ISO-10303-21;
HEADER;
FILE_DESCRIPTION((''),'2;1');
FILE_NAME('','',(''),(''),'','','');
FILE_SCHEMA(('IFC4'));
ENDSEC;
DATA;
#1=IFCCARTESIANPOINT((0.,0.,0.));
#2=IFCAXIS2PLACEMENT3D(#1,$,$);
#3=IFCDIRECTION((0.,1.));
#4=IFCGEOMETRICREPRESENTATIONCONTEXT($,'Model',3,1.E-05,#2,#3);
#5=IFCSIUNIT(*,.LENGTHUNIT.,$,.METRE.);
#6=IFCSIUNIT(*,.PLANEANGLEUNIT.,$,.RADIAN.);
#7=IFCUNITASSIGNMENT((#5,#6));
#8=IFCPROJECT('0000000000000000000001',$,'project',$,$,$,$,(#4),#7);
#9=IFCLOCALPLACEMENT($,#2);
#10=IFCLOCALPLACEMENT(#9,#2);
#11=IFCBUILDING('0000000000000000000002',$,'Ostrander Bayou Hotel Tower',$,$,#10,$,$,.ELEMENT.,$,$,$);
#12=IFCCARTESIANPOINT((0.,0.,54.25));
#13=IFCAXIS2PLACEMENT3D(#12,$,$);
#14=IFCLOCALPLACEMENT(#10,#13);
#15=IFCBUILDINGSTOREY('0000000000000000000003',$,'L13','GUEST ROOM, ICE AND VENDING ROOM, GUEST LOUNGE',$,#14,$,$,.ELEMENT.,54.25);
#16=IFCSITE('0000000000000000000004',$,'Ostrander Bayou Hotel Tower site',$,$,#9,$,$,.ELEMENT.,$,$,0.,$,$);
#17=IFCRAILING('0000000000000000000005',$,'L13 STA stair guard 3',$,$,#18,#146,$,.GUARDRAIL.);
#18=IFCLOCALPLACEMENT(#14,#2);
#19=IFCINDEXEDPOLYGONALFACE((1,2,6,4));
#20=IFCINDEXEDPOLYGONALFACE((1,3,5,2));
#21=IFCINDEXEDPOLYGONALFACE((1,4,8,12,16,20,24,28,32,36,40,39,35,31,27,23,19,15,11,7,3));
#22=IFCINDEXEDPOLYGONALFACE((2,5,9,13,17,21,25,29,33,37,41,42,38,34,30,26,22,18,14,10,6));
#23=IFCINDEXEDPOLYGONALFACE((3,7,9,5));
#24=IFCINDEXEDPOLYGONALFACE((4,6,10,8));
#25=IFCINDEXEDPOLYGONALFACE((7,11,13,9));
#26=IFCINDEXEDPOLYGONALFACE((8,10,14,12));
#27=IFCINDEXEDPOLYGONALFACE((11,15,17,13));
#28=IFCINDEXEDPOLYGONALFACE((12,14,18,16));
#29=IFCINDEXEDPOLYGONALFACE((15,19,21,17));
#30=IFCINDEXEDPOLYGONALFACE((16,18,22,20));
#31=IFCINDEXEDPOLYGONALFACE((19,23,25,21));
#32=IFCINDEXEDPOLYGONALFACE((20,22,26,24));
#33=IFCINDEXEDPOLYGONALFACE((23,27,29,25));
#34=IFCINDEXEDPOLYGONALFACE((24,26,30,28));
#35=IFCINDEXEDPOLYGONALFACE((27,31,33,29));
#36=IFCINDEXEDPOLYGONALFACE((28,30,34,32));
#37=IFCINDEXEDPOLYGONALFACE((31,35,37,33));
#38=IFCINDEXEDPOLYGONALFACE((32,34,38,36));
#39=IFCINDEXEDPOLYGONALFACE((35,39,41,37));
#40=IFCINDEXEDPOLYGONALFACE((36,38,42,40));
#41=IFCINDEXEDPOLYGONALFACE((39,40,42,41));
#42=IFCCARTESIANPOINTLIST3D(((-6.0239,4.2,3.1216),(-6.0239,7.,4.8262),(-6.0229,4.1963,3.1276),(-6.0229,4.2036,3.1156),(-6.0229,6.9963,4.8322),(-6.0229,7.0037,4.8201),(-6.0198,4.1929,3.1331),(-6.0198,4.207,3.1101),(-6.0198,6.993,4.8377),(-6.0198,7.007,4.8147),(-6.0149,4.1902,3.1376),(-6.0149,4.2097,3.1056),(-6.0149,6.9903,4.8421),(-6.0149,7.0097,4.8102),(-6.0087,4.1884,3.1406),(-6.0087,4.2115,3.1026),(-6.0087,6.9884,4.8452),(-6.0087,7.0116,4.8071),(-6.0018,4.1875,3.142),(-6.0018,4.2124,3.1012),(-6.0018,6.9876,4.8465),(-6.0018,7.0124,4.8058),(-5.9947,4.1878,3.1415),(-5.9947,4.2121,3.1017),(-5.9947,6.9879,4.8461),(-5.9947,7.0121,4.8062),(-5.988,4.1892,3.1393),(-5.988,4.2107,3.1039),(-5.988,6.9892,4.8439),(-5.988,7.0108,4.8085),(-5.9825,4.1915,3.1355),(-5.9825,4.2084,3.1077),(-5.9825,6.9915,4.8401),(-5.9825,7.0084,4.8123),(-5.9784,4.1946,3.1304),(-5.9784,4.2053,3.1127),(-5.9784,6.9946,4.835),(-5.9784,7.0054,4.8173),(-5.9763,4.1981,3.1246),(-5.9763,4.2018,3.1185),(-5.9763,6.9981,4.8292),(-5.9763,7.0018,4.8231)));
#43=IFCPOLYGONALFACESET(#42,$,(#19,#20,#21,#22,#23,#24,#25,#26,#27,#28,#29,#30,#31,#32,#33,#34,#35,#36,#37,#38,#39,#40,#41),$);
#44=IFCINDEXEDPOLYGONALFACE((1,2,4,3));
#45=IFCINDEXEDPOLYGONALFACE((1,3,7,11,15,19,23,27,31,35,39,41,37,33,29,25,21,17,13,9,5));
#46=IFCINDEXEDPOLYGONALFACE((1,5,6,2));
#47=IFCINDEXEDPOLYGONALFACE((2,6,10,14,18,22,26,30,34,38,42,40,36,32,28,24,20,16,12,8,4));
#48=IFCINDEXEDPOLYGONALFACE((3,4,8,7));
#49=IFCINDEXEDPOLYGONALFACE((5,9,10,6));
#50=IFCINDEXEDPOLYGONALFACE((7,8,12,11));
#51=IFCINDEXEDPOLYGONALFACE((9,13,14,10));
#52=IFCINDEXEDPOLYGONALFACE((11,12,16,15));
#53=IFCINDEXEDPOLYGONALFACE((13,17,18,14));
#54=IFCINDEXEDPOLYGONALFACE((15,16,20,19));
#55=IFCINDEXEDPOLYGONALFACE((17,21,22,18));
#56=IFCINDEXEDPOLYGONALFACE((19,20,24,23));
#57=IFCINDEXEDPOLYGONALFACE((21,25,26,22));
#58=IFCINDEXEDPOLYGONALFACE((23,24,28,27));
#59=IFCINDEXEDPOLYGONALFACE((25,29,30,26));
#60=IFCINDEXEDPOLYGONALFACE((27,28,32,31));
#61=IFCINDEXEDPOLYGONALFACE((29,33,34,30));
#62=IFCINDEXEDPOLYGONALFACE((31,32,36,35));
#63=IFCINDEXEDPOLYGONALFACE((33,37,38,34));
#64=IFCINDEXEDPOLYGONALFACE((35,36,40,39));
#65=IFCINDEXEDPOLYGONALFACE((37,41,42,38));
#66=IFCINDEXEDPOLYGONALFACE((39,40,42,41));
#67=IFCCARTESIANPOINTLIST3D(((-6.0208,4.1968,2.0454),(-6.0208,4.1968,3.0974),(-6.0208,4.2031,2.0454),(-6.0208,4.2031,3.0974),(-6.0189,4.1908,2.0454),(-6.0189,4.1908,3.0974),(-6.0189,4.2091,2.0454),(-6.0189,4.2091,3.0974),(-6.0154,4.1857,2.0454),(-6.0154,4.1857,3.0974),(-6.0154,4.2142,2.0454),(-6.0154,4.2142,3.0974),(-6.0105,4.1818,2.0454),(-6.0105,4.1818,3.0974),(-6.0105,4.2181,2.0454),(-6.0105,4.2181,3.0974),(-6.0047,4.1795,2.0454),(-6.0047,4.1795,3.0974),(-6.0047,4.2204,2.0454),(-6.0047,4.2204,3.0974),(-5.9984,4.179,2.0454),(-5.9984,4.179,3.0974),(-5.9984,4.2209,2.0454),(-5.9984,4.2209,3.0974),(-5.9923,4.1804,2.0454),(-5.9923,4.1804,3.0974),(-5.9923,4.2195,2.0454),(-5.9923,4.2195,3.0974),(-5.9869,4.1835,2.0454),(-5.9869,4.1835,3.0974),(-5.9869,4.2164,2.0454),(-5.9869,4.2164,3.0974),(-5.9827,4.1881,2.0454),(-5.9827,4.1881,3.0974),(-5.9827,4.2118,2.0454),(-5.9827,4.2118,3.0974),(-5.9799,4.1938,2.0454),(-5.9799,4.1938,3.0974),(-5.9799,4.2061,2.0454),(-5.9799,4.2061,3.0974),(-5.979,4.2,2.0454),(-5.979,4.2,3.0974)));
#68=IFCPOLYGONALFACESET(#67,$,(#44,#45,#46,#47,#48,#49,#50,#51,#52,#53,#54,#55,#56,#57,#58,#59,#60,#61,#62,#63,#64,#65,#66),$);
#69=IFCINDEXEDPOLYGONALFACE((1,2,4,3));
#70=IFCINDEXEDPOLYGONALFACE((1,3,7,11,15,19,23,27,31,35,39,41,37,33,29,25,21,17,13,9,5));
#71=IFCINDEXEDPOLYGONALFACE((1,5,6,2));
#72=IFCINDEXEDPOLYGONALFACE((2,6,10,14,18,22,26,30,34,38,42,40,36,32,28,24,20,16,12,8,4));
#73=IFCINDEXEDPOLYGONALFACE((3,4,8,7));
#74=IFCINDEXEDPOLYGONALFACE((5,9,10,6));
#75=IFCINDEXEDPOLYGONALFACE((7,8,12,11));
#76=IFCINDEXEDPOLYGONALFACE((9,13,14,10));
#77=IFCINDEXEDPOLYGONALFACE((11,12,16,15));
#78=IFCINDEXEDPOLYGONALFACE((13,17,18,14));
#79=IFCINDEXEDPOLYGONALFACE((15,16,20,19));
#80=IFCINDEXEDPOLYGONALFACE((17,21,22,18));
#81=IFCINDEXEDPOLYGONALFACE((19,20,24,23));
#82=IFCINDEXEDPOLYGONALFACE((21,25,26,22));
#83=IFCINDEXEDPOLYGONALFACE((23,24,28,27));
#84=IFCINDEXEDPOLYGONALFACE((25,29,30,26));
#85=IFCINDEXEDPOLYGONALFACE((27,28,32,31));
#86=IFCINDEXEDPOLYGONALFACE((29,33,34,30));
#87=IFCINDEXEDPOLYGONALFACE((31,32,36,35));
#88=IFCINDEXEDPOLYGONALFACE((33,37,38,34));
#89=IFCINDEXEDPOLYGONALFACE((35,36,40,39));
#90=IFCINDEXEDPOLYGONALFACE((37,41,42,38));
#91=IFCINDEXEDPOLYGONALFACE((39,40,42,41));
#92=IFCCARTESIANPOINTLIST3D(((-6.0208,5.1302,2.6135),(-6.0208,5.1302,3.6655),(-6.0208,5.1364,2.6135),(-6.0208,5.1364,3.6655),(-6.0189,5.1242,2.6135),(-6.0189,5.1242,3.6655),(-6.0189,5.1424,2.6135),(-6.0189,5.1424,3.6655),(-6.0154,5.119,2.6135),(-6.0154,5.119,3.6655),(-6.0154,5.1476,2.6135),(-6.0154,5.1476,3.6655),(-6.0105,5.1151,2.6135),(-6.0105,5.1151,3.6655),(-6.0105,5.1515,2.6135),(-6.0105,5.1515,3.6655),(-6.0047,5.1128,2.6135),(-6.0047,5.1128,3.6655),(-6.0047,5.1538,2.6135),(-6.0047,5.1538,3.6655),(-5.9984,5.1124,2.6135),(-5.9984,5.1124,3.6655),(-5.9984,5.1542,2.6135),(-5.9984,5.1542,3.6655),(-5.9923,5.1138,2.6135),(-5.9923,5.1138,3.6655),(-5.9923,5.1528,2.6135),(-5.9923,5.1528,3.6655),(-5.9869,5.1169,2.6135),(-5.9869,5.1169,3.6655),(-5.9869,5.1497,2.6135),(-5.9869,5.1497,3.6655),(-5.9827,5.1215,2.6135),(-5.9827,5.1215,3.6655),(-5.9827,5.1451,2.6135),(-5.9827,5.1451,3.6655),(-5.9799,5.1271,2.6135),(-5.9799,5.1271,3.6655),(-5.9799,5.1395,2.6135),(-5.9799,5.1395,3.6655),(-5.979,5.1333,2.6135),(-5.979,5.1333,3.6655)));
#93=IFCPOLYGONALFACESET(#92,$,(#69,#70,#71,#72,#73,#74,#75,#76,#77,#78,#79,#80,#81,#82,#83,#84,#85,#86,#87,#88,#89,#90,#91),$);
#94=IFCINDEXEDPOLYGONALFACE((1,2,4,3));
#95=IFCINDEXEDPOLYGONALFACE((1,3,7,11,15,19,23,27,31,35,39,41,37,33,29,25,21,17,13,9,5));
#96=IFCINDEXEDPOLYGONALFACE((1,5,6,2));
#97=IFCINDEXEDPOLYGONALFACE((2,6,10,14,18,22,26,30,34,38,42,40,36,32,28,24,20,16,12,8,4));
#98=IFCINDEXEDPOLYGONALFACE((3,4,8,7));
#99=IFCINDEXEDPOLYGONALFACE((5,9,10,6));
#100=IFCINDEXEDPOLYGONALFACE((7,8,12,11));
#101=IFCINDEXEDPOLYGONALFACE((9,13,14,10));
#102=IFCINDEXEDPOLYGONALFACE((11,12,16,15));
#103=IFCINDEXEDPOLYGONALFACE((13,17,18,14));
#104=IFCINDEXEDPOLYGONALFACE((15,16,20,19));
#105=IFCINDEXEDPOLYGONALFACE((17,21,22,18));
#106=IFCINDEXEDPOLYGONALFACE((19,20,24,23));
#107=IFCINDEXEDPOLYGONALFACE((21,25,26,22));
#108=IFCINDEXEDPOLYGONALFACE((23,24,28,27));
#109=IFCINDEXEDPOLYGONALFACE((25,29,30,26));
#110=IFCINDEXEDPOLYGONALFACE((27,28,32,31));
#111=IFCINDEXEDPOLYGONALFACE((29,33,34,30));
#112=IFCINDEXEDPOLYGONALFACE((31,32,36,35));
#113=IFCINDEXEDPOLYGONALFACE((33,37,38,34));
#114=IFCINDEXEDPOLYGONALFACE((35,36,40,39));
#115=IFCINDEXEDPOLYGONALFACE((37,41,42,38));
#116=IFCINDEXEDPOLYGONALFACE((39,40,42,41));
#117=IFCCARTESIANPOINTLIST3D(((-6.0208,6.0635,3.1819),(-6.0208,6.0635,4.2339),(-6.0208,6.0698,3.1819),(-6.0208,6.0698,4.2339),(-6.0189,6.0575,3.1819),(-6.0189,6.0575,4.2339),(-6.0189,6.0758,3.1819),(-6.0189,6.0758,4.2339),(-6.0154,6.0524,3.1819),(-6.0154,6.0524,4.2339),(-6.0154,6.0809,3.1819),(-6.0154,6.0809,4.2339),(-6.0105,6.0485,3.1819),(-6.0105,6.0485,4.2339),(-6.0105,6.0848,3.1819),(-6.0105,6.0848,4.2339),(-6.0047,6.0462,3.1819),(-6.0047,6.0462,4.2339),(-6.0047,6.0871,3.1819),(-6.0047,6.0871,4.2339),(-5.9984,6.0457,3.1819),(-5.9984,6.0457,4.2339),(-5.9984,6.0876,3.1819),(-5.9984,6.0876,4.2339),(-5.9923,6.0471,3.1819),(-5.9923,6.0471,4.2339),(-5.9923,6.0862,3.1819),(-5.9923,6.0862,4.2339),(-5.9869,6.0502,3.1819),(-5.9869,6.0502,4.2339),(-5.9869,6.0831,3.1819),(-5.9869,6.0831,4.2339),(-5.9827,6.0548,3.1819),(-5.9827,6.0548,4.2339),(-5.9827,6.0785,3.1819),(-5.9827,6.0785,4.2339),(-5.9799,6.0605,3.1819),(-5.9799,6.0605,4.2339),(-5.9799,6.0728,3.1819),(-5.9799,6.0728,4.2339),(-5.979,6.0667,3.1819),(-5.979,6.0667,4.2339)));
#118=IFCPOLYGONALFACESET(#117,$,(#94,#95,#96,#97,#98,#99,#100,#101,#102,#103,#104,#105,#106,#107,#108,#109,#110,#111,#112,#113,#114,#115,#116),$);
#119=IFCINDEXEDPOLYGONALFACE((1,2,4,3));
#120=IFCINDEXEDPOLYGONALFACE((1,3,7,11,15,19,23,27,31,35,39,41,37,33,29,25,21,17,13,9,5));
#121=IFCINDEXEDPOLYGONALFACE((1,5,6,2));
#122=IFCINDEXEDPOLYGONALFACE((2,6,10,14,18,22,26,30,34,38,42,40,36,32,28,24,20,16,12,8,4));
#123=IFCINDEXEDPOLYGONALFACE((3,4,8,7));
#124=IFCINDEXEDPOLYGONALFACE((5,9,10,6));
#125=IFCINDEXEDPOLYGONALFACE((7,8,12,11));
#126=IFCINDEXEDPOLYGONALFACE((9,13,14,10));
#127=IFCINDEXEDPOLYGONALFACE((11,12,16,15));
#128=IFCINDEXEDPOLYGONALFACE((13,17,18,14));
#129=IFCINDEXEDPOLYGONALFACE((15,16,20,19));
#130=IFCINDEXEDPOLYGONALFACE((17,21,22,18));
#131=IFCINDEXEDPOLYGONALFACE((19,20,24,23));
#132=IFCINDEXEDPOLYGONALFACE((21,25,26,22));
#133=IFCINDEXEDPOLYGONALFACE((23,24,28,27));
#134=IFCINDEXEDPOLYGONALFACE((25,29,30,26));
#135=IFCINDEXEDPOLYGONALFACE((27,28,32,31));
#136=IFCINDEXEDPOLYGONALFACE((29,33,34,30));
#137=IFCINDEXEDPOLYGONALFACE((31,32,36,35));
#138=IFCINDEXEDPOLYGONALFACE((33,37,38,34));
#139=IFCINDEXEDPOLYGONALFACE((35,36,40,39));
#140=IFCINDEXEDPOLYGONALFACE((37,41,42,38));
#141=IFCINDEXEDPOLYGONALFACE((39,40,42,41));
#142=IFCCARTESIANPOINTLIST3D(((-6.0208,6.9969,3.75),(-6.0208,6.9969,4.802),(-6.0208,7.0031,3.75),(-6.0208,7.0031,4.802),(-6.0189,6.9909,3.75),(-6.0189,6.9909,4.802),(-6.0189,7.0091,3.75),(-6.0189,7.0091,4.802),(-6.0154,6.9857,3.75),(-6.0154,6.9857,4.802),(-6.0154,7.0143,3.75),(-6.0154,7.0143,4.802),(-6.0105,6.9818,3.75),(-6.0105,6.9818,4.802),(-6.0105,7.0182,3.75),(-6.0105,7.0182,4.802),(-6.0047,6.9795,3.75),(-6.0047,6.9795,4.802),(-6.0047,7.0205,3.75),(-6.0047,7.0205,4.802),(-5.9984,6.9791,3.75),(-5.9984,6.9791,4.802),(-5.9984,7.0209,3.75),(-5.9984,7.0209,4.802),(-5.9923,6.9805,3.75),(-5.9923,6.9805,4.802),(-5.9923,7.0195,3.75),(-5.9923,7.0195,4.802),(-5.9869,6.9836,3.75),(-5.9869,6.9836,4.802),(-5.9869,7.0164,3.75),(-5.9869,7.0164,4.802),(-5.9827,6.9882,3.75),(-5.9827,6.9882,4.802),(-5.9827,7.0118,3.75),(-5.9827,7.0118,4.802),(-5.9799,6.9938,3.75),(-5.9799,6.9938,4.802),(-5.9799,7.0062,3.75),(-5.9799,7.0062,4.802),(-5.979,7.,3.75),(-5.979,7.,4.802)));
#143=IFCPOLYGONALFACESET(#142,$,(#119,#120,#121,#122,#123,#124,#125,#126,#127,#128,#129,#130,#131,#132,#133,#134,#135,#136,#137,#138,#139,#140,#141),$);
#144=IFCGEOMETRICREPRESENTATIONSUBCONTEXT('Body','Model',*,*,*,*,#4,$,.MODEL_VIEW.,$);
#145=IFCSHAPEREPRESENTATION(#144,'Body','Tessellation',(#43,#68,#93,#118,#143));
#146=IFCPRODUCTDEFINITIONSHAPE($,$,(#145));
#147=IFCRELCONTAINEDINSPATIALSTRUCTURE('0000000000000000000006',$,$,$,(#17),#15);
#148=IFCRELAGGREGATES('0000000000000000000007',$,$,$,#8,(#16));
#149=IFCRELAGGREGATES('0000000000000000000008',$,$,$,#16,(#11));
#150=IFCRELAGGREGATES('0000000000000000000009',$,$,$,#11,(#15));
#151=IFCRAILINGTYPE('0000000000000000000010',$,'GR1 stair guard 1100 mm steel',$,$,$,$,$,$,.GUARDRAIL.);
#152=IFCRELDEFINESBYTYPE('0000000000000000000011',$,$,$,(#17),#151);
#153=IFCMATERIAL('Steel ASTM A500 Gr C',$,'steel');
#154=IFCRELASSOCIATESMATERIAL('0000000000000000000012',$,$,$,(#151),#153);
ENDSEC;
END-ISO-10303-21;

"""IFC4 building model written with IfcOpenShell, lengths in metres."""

from ifc_helpers import new_model, si_unit, direction, frame, origin, origin_2d, place, context, subcontext, project, spatial, circle, extrude, material, type_object, element, save


model = new_model("IFC4")

# Units and contexts
model_context = context("Model", 3, precision=1e-05, world=origin(), true_north=direction((0.0, 1.0)))
body_context = subcontext(model_context, "Body", "Model", "MODEL_VIEW")
ifc_project = project(units=[si_unit("LENGTHUNIT", "METRE"), si_unit("PLANEANGLEUNIT", "RADIAN")], contexts=[model_context])

# Site, building, storey
site_placement = place(None, origin())
site = spatial("IfcSite", under=ifc_project, at=site_placement, Name="Ostrander Bayou Hotel Tower site", CompositionType="ELEMENT", RefElevation=0.0)
building_placement = place(site_placement, origin())
building = spatial("IfcBuilding", under=site, at=building_placement, Name="Ostrander Bayou Hotel Tower", CompositionType="ELEMENT")
storey_placement = place(building_placement, frame((0.0, 0.0, 54.25)))
storey = spatial("IfcBuildingStorey", under=building, at=storey_placement, Name="L13", Description="GUEST ROOM, ICE AND VENDING ROOM, GUEST LOUNGE", CompositionType="ELEMENT", Elevation=54.25)

# Railing
ifc_material_1 = material(Name="Steel ASTM A500 Gr C", Category="steel")
railing_type_1 = type_object("IfcRailingType", Name="GR1 stair guard 1100 mm steel", PredefinedType="GUARDRAIL", material=ifc_material_1)
railing_1_placement = place(storey_placement, frame((-6.0, 4.2, 2.0454)))
element("IfcRailing", 1, at=railing_1_placement, inside=storey, type_object=railing_type_1, Name="L13 STA stair guard 3", PredefinedType="GUARDRAIL", context=body_context, shape_type="SweptSolid", body=[
    extrude(circle(Radius=0.0239, at=origin_2d()), frame((0.0, 0.0, 1.0762), z_axis=(0.0, 0.85417, 0.519994), x_axis=(-1.0, 0.0, 0.0)), (0.0, 0.0, 1.0), 3.2781),
    extrude(circle(Radius=0.021, at=origin_2d()), origin(), (0.0, 0.0, 1.0), 1.052),
    extrude(circle(Radius=0.021, at=origin_2d()), frame((0.0, 0.9333, 0.5681)), (0.0, 0.0, 1.0), 1.052),
    extrude(circle(Radius=0.021, at=origin_2d()), frame((0.0, 1.8667, 1.1365)), (0.0, 0.0, 1.0), 1.052),
    extrude(circle(Radius=0.021, at=origin_2d()), frame((0.0, 2.8, 1.7046)), (0.0, 0.0, 1.0), 1.052),
])

save(model, "model.ifc")
